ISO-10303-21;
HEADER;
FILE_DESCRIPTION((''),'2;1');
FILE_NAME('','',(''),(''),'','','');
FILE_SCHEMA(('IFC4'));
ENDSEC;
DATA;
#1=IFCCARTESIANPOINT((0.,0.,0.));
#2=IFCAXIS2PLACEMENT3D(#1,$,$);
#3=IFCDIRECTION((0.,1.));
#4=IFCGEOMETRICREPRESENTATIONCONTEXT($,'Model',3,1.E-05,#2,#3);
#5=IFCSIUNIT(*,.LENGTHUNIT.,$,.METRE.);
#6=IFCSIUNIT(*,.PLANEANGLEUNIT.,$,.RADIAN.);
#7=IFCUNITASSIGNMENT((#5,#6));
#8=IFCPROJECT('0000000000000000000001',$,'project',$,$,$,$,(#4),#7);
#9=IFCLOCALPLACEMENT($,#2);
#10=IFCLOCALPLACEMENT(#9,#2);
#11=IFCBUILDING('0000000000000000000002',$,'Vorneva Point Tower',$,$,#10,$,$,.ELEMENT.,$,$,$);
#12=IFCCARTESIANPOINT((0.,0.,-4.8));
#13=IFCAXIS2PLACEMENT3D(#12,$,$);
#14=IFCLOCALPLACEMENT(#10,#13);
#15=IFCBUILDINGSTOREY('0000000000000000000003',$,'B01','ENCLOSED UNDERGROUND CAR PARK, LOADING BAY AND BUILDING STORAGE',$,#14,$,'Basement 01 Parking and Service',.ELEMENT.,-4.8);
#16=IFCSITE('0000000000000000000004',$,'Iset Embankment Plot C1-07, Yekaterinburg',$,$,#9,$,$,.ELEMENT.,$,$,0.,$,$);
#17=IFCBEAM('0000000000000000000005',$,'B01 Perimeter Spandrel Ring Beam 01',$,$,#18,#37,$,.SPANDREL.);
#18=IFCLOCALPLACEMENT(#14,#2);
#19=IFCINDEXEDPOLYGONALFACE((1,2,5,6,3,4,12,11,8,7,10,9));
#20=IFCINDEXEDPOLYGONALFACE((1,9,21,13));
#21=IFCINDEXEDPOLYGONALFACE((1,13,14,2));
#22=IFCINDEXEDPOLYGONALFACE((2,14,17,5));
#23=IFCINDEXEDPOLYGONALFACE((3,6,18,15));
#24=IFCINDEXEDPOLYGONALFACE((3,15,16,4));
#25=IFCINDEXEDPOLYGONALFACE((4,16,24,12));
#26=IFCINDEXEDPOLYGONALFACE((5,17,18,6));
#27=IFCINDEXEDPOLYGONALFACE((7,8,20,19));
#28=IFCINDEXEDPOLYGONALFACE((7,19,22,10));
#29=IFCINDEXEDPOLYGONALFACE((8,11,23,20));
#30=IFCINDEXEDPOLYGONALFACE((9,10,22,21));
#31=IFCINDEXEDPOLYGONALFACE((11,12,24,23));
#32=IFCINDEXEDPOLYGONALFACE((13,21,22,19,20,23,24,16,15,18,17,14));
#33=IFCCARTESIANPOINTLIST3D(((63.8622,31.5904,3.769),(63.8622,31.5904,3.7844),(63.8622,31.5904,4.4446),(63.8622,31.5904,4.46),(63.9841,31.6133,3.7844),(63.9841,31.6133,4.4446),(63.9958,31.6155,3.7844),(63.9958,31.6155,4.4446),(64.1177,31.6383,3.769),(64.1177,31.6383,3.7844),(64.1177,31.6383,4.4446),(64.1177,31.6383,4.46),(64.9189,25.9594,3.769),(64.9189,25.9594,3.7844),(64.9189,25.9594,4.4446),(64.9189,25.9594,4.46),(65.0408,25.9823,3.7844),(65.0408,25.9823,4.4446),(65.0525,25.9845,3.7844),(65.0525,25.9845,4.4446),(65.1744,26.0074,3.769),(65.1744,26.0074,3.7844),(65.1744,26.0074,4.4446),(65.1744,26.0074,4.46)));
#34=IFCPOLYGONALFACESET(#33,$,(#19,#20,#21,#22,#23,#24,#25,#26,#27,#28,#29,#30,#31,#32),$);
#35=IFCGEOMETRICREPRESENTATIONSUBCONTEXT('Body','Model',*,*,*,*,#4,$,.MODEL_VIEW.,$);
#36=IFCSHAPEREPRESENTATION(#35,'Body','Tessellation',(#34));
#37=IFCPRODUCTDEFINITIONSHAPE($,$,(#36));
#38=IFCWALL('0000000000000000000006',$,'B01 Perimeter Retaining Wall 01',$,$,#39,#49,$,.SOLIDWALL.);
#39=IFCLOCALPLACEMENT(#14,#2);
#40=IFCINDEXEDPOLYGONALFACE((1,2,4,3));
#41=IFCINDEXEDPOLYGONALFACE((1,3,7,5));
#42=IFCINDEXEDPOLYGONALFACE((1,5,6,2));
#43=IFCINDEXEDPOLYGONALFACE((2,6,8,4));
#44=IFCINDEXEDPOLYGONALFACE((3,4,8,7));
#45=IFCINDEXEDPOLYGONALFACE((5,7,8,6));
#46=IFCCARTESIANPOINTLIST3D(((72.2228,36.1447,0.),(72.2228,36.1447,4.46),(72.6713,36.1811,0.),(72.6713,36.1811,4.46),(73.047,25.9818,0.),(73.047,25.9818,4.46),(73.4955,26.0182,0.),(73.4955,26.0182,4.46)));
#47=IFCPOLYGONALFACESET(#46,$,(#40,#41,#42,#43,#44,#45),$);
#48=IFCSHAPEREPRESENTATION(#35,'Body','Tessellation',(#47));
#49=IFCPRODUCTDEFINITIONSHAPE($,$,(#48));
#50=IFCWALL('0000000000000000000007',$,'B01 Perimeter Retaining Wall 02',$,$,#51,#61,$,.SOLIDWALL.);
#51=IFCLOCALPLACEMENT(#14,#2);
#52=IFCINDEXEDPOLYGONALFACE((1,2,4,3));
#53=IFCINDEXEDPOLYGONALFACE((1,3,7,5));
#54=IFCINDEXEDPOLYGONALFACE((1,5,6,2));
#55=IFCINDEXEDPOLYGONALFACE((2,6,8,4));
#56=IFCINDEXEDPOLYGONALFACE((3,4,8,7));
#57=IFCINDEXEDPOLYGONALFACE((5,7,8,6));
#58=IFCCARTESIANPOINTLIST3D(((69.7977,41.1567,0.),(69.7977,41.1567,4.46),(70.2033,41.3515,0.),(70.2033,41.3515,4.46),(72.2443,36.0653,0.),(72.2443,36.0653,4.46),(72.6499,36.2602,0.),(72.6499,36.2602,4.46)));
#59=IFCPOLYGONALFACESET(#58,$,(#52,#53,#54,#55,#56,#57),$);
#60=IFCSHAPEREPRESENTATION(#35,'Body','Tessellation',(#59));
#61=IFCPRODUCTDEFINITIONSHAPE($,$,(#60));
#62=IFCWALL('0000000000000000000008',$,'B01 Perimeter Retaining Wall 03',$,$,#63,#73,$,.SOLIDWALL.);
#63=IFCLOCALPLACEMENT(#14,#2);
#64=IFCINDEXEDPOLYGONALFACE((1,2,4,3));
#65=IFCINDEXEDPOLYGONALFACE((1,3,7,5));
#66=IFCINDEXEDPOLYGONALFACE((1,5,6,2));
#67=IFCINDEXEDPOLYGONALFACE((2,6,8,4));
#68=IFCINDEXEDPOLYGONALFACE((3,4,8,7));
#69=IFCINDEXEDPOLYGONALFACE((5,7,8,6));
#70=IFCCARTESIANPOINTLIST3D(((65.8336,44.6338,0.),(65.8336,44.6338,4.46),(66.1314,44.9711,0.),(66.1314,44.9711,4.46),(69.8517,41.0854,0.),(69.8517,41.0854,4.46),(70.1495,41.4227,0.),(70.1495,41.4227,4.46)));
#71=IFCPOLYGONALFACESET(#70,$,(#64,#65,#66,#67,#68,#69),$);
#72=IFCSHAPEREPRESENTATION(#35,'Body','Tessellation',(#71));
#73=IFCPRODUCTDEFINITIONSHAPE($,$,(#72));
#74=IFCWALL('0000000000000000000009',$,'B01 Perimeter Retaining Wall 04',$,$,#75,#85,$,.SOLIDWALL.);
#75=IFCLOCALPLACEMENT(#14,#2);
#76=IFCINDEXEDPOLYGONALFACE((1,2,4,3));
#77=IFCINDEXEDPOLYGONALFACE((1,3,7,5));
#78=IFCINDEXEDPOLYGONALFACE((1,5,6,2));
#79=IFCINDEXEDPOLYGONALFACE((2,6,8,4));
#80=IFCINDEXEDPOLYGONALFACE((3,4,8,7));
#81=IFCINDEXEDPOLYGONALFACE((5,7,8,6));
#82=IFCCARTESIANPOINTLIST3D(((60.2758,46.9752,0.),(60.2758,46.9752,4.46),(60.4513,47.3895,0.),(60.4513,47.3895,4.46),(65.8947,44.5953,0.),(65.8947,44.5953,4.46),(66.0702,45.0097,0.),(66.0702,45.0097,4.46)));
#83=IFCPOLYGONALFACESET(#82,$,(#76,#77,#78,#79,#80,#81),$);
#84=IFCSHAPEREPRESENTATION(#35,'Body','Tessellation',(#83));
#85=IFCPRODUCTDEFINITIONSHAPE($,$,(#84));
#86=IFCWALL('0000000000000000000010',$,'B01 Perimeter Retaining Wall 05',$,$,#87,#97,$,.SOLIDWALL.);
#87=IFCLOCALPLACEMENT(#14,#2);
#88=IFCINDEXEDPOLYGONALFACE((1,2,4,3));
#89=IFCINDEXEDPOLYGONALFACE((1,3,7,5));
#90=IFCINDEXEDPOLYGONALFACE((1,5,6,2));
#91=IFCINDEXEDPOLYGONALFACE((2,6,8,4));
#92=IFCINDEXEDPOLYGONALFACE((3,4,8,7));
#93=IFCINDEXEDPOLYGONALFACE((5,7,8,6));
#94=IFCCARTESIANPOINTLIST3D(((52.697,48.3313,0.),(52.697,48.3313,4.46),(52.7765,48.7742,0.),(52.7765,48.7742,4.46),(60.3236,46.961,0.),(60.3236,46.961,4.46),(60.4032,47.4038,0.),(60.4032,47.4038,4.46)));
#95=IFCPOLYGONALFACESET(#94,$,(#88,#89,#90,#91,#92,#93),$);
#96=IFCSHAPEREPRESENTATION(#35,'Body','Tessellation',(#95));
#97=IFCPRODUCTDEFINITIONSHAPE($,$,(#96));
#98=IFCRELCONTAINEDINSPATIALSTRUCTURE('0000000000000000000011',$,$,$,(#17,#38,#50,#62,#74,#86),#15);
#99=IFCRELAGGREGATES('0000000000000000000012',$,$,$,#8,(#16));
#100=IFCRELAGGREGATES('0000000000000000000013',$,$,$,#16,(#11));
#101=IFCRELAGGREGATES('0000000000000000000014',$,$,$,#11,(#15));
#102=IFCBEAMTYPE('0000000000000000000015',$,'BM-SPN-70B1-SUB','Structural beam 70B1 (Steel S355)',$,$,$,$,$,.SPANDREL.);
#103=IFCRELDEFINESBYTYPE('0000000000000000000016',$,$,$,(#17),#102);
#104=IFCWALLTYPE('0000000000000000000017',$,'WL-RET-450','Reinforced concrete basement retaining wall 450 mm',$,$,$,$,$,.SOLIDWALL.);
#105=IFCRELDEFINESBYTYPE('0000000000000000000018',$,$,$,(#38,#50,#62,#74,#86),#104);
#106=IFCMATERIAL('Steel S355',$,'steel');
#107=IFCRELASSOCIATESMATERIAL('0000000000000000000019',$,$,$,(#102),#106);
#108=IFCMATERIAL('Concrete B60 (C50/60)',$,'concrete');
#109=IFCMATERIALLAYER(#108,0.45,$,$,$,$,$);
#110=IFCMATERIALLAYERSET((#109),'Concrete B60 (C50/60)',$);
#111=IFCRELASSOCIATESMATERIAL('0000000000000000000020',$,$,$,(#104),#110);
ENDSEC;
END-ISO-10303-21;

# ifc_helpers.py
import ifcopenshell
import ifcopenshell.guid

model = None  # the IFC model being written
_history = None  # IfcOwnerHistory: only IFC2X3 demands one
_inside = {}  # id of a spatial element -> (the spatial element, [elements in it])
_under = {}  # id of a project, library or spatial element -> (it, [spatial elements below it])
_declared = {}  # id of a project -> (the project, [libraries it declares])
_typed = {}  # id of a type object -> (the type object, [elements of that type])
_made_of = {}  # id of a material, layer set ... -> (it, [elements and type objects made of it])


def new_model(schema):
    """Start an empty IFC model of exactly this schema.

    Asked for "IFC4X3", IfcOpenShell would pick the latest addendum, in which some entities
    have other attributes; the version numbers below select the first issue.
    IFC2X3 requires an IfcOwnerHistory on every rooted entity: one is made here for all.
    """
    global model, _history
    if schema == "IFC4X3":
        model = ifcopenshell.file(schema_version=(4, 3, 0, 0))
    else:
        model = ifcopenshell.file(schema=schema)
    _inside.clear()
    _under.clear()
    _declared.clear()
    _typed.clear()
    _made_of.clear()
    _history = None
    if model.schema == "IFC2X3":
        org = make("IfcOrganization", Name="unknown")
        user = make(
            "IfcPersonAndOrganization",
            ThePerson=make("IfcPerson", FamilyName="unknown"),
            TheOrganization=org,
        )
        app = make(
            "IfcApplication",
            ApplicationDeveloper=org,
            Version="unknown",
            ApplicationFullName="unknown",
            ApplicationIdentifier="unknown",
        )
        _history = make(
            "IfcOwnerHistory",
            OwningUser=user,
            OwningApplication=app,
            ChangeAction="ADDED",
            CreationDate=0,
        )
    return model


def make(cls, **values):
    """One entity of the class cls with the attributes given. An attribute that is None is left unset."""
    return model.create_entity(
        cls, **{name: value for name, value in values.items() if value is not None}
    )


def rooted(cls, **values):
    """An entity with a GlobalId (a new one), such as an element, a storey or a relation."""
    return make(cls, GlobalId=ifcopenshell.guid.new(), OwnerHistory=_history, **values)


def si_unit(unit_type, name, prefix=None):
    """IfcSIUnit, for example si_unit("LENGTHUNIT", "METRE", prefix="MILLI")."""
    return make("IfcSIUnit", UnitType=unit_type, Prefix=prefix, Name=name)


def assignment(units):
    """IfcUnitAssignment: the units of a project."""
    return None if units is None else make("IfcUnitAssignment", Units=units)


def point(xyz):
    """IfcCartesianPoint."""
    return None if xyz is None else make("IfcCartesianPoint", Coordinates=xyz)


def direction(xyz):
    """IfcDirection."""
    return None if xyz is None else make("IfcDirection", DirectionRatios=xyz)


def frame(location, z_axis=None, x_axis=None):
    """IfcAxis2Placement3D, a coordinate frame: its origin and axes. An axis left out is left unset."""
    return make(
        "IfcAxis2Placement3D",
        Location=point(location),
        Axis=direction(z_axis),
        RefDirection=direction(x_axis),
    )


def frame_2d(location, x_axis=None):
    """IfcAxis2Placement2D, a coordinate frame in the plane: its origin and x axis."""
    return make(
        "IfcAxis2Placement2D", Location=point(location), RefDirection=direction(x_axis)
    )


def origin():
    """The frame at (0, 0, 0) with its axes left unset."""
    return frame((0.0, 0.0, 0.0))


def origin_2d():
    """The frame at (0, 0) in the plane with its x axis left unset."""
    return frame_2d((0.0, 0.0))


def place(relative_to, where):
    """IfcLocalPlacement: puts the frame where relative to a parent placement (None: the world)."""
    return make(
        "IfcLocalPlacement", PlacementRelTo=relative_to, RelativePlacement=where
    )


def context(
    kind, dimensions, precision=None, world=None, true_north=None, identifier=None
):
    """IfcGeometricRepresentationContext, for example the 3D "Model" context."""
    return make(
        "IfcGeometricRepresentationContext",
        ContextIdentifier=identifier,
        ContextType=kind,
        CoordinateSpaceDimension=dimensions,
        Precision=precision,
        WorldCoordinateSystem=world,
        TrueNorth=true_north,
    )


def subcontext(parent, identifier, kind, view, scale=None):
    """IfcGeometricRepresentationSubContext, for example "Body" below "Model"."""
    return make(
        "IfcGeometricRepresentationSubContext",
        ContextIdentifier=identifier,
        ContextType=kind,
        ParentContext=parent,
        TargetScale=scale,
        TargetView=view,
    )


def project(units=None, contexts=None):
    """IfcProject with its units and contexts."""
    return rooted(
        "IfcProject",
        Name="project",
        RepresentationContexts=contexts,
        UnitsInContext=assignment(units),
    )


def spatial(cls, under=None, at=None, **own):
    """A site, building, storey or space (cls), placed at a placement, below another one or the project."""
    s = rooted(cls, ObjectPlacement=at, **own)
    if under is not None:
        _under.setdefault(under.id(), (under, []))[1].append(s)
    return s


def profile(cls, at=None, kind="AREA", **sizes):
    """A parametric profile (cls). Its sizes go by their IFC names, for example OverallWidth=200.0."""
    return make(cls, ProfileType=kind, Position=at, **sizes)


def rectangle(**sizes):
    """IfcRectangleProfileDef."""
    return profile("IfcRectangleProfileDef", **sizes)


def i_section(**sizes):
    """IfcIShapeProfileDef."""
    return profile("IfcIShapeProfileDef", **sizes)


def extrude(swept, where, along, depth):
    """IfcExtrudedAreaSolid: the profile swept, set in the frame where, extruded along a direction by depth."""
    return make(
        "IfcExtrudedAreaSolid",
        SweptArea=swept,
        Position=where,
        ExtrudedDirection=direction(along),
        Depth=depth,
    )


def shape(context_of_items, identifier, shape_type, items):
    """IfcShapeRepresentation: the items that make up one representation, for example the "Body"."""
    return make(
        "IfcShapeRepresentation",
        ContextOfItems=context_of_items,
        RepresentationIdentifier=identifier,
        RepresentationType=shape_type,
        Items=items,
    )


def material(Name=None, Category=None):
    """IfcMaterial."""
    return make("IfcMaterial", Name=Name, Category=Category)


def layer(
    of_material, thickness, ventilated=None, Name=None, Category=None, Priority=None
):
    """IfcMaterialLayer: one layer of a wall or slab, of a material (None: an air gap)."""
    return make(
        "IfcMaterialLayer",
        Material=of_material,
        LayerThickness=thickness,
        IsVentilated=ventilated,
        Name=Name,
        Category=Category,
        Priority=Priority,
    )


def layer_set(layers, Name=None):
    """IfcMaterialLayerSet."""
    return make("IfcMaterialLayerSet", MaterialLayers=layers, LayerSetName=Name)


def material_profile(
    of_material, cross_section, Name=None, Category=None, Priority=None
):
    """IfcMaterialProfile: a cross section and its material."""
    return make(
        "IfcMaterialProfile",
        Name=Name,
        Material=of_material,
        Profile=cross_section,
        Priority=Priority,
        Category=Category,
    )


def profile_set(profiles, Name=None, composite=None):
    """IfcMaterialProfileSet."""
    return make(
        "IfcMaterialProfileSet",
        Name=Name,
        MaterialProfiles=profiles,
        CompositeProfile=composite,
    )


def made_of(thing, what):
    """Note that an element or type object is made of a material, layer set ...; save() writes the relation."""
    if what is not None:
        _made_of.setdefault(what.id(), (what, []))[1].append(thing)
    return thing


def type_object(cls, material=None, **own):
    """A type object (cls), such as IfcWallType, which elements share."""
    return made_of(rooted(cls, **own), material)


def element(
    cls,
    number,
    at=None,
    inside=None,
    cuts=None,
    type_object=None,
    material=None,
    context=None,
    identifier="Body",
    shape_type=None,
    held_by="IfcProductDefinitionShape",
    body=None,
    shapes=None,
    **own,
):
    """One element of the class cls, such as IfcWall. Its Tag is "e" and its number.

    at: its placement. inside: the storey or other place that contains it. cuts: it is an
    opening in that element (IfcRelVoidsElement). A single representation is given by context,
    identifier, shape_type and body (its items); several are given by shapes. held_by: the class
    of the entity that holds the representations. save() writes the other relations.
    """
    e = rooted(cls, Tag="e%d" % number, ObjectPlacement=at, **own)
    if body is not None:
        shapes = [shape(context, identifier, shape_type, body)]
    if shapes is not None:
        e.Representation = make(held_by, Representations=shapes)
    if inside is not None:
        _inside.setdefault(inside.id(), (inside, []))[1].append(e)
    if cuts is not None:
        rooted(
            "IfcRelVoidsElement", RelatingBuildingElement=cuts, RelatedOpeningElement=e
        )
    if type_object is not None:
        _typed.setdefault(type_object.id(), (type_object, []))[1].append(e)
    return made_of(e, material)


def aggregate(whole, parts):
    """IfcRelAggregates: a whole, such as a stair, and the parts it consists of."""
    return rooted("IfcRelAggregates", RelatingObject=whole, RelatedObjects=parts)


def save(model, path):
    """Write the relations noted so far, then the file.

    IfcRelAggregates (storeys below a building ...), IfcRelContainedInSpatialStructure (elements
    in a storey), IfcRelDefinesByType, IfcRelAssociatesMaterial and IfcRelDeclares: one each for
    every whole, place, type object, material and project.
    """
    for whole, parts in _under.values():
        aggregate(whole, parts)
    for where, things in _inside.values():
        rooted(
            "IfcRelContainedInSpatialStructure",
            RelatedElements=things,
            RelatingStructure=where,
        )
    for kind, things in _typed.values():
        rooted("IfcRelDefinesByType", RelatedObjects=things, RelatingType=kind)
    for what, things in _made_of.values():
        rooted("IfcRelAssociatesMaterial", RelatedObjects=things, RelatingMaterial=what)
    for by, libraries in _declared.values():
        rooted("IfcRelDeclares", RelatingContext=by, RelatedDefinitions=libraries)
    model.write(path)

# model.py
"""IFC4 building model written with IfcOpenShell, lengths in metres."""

from ifc_helpers import new_model, si_unit, direction, frame, frame_2d, origin, origin_2d, place, context, subcontext, project, spatial, rectangle, i_section, extrude, material, layer, layer_set, material_profile, profile_set, type_object, element, save


model = new_model("IFC4")

# Units and contexts
model_context = context("Model", 3, precision=1e-05, world=origin(), true_north=direction((0.0, 1.0)))
body_context = subcontext(model_context, "Body", "Model", "MODEL_VIEW")
ifc_project = project(units=[si_unit("LENGTHUNIT", "METRE"), si_unit("PLANEANGLEUNIT", "RADIAN")], contexts=[model_context])

# Site, building, storey
site_placement = place(None, origin())
site = spatial("IfcSite", under=ifc_project, at=site_placement, Name="Iset Embankment Plot C1-07, Yekaterinburg", CompositionType="ELEMENT", RefElevation=0.0)
building_placement = place(site_placement, origin())
building = spatial("IfcBuilding", under=site, at=building_placement, Name="Vorneva Point Tower", CompositionType="ELEMENT")
storey_placement = place(building_placement, frame((0.0, 0.0, -4.8)))
storey = spatial("IfcBuildingStorey", under=building, at=storey_placement, Name="B01", Description="ENCLOSED UNDERGROUND CAR PARK, LOADING BAY AND BUILDING STORAGE", LongName="Basement 01 Parking and Service", CompositionType="ELEMENT", Elevation=-4.8)

# Shared definitions
ifc_material_1 = material(Name="Concrete B60 (C50/60)", Category="concrete")

# Beam
ifc_material_2 = material(Name="Steel S355", Category="steel")
ifc_material_profile_1 = material_profile(ifc_material_2, i_section(OverallWidth=0.26, OverallDepth=0.6909, WebThickness=0.012, FlangeThickness=0.0154, at=origin_2d()), Name="70B1")
ifc_profile_set_1 = profile_set([ifc_material_profile_1], Name="Steel S355")
beam_type_1 = type_object("IfcBeamType", Name="BM-SPN-70B1-SUB", Description="Structural beam 70B1 (Steel S355)", PredefinedType="SPANDREL", material=ifc_profile_set_1)
beam_1_placement = place(storey_placement, frame((65.0466, 25.9834, 4.1145), z_axis=(-0.184433, 0.982845, 0.0), x_axis=(-0.982845, -0.184433, 0.0)))
element("IfcBeam", 1, at=beam_1_placement, inside=storey, type_object=beam_type_1, Name="B01 Perimeter Spandrel Ring Beam 01", PredefinedType="SPANDREL", context=body_context, shape_type="SweptSolid", body=[
    extrude(i_section(OverallWidth=0.26, OverallDepth=0.6909, WebThickness=0.012, FlangeThickness=0.0154, at=origin_2d()), origin(), (0.0, 0.0, 1.0), 5.7292),
])

# Walls
ifc_layer = layer(ifc_material_1, 0.45)
ifc_layer_set = layer_set([ifc_layer], Name="Concrete B60 (C50/60)")
wall_type = type_object("IfcWallType", Name="WL-RET-450", Description="Reinforced concrete basement retaining wall 450 mm", PredefinedType="SOLIDWALL", material=ifc_layer_set)
wall_1_placement = place(storey_placement, frame((73.2712, 26.0, 0.0), z_axis=(0.0, 0.0, 1.0), x_axis=(-0.080836, 0.996727, 0.0)))
element("IfcWall", 2, at=wall_1_placement, inside=storey, type_object=wall_type, Name="B01 Perimeter Retaining Wall 01", PredefinedType="SOLIDWALL", context=body_context, shape_type="SweptSolid", body=[
    extrude(rectangle(XDim=10.1963, YDim=0.45, at=frame_2d((5.0981, 0.0))), origin(), (0.0, 0.0, 1.0), 4.46),
])
wall_2_placement = place(storey_placement, frame((72.447, 36.1628, 0.0), z_axis=(0.0, 0.0, 1.0), x_axis=(-0.43312, 0.901336, 0.0)))
element("IfcWall", 3, at=wall_2_placement, inside=storey, type_object=wall_type, Name="B01 Perimeter Retaining Wall 02", PredefinedType="SOLIDWALL", context=body_context, shape_type="SweptSolid", body=[
    extrude(rectangle(XDim=5.6487, YDim=0.45, at=frame_2d((2.8242, 0.0))), origin(), (0.0, 0.0, 1.0), 4.46),
])
wall_3_placement = place(storey_placement, frame((70.0005, 41.2542, 0.0), z_axis=(0.0, 0.0, 1.0), x_axis=(-0.749561, 0.661935, 0.0)))
element("IfcWall", 4, at=wall_3_placement, inside=storey, type_object=wall_type, Name="B01 Perimeter Retaining Wall 03", PredefinedType="SOLIDWALL", context=body_context, shape_type="SweptSolid", body=[
    extrude(rectangle(XDim=5.3606, YDim=0.45, at=frame_2d((2.6802, 0.0))), origin(), (0.0, 0.0, 1.0), 4.46),
])
wall_4_placement = place(storey_placement, frame((65.9824, 44.8025, 0.0), z_axis=(0.0, 0.0, 1.0), x_axis=(-0.920811, 0.390009, 0.0)))
element("IfcWall", 5, at=wall_4_placement, inside=storey, type_object=wall_type, Name="B01 Perimeter Retaining Wall 04", PredefinedType="SOLIDWALL", context=body_context, shape_type="SweptSolid", body=[
    extrude(rectangle(XDim=6.1021, YDim=0.45, at=frame_2d((3.051, 0.0))), origin(), (0.0, 0.0, 1.0), 4.46),
])
wall_5_placement = place(storey_placement, frame((60.3635, 47.1824, 0.0), z_axis=(0.0, 0.0, 1.0), x_axis=(-0.984238, 0.176847, 0.0)))
element("IfcWall", 6, at=wall_5_placement, inside=storey, type_object=wall_type, Name="B01 Perimeter Retaining Wall 05", PredefinedType="SOLIDWALL", context=body_context, shape_type="SweptSolid", body=[
    extrude(rectangle(XDim=7.7488, YDim=0.45, at=frame_2d((3.8745, 0.0))), origin(), (0.0, 0.0, 1.0), 4.46),
])

save(model, "model.ifc")
